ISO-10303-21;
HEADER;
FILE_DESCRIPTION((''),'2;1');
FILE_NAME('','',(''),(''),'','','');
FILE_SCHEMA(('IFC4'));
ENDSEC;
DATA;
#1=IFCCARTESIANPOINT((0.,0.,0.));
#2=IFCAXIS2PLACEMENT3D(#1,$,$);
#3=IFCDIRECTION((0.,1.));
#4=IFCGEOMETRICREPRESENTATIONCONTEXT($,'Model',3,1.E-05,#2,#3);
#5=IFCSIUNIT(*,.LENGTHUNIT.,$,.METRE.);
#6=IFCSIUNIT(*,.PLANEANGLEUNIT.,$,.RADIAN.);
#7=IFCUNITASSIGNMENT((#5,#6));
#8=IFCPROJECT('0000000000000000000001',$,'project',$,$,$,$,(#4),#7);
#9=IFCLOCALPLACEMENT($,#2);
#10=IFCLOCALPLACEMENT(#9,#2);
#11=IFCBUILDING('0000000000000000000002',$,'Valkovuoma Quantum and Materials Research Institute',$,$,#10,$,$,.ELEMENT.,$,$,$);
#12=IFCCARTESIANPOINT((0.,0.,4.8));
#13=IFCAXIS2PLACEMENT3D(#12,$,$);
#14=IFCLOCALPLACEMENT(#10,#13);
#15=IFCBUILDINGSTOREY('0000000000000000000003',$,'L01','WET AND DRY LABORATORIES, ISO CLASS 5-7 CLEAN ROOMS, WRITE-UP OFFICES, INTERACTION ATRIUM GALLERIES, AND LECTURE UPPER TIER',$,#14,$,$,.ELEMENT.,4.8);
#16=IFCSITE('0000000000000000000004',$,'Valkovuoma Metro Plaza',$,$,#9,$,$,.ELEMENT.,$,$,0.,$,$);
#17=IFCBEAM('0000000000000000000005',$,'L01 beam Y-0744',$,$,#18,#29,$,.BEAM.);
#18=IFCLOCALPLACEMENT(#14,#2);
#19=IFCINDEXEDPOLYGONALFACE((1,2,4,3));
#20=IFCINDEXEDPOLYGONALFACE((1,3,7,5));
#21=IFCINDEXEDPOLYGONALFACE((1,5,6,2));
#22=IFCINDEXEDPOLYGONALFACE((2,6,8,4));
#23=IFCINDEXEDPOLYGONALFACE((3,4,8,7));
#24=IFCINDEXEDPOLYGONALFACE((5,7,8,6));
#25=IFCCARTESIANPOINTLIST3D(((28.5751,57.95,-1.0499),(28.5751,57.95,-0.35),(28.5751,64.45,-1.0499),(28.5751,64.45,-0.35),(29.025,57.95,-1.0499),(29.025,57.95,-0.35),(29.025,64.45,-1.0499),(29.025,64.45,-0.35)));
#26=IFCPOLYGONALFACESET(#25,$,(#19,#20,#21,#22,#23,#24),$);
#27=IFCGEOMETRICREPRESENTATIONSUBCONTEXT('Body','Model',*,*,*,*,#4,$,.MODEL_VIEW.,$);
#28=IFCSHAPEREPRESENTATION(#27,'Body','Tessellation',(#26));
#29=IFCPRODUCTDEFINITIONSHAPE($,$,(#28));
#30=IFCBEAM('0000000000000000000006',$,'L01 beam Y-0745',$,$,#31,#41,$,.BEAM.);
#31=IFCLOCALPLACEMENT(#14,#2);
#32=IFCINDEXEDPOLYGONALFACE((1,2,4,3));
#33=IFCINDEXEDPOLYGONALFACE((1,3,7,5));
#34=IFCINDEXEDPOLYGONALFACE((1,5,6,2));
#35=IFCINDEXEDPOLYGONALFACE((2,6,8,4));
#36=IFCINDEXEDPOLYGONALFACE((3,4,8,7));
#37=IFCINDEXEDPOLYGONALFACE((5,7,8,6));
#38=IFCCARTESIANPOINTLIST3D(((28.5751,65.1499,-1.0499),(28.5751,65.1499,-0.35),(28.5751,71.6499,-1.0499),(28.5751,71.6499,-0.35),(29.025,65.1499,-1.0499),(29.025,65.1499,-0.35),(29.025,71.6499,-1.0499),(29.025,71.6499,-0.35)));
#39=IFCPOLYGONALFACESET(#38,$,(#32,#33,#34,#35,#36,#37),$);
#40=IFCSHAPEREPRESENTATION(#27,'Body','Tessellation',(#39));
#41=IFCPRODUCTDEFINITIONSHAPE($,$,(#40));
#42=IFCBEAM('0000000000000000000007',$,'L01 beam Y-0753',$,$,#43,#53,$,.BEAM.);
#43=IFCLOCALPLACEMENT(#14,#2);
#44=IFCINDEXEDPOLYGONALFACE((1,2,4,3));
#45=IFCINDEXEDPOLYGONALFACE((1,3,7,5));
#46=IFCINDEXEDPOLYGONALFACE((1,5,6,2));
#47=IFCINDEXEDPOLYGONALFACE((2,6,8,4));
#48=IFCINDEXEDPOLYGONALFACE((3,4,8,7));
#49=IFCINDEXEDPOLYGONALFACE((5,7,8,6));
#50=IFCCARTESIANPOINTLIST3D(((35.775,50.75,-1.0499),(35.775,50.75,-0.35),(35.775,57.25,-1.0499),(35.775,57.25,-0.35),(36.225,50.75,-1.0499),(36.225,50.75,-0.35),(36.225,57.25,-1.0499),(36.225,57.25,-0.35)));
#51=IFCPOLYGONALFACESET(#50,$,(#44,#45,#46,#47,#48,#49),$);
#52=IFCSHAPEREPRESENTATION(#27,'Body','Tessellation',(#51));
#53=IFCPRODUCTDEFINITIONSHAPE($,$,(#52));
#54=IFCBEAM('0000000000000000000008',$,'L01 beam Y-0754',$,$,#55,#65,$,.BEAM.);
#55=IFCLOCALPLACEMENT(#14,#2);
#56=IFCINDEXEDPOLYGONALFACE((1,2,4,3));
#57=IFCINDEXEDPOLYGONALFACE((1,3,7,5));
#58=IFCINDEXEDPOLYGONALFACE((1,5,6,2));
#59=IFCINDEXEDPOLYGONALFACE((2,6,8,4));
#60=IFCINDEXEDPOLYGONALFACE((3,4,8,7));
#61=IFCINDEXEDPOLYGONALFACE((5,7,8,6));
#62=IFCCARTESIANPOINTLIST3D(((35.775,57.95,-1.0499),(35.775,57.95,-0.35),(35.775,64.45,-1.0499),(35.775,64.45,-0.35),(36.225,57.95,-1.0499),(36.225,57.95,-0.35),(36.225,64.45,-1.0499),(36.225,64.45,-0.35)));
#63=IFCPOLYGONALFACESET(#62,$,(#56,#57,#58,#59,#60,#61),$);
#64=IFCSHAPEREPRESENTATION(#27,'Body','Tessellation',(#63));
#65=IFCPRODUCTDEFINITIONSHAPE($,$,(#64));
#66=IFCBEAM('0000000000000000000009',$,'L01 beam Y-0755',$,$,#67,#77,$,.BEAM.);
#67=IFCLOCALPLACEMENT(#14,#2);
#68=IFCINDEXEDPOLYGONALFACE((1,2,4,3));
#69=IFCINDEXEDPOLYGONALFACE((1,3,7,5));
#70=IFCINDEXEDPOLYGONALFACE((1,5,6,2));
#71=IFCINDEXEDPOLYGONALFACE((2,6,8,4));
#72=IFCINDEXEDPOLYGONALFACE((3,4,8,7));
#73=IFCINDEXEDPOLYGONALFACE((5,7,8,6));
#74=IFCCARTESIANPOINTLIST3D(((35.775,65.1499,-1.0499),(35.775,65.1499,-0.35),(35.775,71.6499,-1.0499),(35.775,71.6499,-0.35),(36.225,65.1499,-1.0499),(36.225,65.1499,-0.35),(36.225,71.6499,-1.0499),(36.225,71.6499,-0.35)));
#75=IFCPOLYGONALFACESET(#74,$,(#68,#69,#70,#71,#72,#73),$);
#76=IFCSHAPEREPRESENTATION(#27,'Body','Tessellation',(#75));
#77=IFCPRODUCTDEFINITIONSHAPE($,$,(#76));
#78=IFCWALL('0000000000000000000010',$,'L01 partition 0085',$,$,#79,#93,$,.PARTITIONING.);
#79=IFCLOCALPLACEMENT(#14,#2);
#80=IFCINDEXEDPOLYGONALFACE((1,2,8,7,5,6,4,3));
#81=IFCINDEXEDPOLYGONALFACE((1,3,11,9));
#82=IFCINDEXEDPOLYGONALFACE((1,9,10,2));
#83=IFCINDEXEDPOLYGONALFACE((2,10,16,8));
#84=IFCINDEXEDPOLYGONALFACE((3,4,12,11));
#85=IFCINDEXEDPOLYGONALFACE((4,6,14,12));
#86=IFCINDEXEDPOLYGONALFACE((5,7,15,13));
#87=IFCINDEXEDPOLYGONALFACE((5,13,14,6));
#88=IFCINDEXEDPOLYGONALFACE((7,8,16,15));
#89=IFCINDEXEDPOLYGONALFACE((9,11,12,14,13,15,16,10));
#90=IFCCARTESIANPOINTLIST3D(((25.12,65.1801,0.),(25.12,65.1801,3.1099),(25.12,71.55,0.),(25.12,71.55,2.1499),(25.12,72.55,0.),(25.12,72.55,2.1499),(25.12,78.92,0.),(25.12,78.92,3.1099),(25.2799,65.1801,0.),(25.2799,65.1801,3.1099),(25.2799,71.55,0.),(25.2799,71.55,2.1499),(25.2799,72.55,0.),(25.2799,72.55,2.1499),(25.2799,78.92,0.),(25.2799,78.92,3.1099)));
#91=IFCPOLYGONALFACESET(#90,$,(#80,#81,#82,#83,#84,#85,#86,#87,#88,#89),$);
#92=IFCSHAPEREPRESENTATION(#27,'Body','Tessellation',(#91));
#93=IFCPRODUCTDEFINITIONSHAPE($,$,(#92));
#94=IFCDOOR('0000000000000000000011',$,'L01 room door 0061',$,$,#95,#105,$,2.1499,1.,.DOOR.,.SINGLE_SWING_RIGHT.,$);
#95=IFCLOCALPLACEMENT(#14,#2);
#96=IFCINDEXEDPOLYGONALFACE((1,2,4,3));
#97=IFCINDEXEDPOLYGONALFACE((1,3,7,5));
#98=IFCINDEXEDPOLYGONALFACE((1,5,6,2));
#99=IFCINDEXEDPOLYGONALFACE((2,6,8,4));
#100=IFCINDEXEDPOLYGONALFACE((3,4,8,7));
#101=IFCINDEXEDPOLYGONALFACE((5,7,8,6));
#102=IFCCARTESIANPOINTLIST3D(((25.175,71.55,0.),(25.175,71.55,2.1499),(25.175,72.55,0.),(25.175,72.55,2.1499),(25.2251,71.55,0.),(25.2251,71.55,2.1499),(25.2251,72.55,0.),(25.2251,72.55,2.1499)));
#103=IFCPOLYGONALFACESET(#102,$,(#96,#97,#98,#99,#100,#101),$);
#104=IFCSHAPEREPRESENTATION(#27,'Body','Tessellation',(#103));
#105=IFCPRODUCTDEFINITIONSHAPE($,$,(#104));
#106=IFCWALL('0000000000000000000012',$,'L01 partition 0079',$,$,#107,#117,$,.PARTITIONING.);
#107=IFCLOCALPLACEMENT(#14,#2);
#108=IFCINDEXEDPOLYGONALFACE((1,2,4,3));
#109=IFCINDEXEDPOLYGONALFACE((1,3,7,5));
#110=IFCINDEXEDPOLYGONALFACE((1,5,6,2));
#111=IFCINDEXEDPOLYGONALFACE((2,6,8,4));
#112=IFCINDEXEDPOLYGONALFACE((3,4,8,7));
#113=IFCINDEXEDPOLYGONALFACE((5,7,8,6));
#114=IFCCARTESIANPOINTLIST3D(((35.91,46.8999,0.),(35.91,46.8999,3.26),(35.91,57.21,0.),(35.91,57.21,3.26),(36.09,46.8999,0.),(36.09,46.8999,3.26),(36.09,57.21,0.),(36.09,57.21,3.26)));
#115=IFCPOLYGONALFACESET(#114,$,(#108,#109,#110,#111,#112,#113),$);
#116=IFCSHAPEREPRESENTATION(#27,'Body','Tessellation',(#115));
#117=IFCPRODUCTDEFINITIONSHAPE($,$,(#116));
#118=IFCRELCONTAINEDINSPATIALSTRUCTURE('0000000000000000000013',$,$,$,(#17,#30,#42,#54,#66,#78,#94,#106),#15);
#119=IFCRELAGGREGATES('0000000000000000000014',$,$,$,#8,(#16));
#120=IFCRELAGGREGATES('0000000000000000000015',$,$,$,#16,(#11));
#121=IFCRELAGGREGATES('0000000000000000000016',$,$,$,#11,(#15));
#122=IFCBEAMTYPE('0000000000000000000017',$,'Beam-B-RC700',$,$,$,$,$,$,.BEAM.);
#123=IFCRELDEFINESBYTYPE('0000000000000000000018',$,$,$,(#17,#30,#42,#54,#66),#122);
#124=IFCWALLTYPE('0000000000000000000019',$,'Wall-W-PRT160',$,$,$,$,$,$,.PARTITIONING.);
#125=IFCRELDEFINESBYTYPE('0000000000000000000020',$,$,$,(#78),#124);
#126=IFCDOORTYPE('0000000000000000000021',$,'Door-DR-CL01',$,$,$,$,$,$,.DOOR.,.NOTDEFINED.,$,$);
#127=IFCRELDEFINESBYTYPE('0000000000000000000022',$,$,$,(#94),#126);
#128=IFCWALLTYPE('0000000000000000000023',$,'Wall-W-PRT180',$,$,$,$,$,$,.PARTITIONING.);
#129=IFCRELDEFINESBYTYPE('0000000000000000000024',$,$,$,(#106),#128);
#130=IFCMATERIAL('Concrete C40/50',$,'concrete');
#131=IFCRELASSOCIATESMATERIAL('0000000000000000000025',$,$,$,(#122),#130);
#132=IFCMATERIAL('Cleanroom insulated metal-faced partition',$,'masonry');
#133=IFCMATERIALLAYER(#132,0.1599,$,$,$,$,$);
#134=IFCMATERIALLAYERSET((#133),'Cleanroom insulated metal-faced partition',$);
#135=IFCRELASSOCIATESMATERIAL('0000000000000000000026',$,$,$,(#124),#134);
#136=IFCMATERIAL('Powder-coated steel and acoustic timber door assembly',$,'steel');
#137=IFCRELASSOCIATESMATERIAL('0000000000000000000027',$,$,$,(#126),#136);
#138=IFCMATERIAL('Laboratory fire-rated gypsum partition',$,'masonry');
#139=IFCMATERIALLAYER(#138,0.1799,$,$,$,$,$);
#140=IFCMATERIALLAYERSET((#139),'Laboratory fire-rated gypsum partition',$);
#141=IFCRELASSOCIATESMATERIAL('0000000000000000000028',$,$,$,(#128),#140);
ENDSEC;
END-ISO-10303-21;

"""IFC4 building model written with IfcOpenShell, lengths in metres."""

from ifc_helpers import new_model, si_unit, direction, frame, frame_2d, origin, origin_2d, place, context, subcontext, project, spatial, rectangle, extrude, material, layer, layer_set, material_profile, profile_set, type_object, element, fill, save


model = new_model("IFC4")

# Units and contexts
model_context = context("Model", 3, precision=1e-05, world=origin(), true_north=direction((0.0, 1.0)))
body_context = subcontext(model_context, "Body", "Model", "MODEL_VIEW")
ifc_project = project(units=[si_unit("LENGTHUNIT", "METRE"), si_unit("PLANEANGLEUNIT", "RADIAN")], contexts=[model_context])

# Site, building, storey
site_placement = place(None, origin())
site = spatial("IfcSite", under=ifc_project, at=site_placement, Name="Valkovuoma Metro Plaza", CompositionType="ELEMENT", RefElevation=0.0)
building_placement = place(site_placement, origin())
building = spatial("IfcBuilding", under=site, at=building_placement, Name="Valkovuoma Quantum and Materials Research Institute", CompositionType="ELEMENT")
storey_placement = place(building_placement, frame((0.0, 0.0, 4.8)))
storey = spatial("IfcBuildingStorey", under=building, at=storey_placement, Name="L01", Description="WET AND DRY LABORATORIES, ISO CLASS 5-7 CLEAN ROOMS, WRITE-UP OFFICES, INTERACTION ATRIUM GALLERIES, AND LECTURE UPPER TIER", CompositionType="ELEMENT", Elevation=4.8)

# Beams
ifc_material_1 = material(Name="Concrete C40/50", Category="concrete")
ifc_material_profile_1 = material_profile(ifc_material_1, rectangle(XDim=0.45, YDim=0.7, at=origin_2d()), Name="Concrete C40/50")
ifc_profile_set_1 = profile_set([ifc_material_profile_1], Name="Concrete C40/50")
beam_type_1 = type_object("IfcBeamType", Name="Beam-B-RC700", PredefinedType="BEAM", material=ifc_profile_set_1)
for number, where, z_axis, x_axis, name in (
    (1, (28.8, 57.95, -0.7), (0.0, 1.0, 0.0), (-1.0, 0.0, 0.0), "L01 beam Y-0744"),
    (2, (28.8, 65.1499, -0.7), (0.0, 1.0, 0.0), (-1.0, 0.0, 0.0), "L01 beam Y-0745"),
    (3, (36.0, 50.75, -0.7), (0.0, 1.0, 0.0), (-1.0, 0.0, 0.0), "L01 beam Y-0753"),
    (4, (36.0, 57.95, -0.7), (0.0, 1.0, 0.0), (-1.0, 0.0, 0.0), "L01 beam Y-0754"),
    (5, (36.0, 65.1499, -0.7), (0.0, 1.0, 0.0), (-1.0, 0.0, 0.0), "L01 beam Y-0755"),
):
    element("IfcBeam", number, at=place(storey_placement, frame(where, z_axis=z_axis, x_axis=x_axis)), inside=storey, type_object=beam_type_1, Name=name, PredefinedType="BEAM", context=body_context, shape_type="SweptSolid", body=[
        extrude(rectangle(XDim=0.45, YDim=0.7, at=origin_2d()), origin(), (0.0, 0.0, 1.0), 6.5),
    ])

# Wall, opening, door
ifc_material_2 = material(Name="Cleanroom insulated metal-faced partition", Category="masonry")
ifc_layer_1 = layer(ifc_material_2, 0.1599)
ifc_layer_set_1 = layer_set([ifc_layer_1], Name="Cleanroom insulated metal-faced partition")
wall_type_1 = type_object("IfcWallType", Name="Wall-W-PRT160", PredefinedType="PARTITIONING", material=ifc_layer_set_1)
wall_1_placement = place(storey_placement, frame((25.2, 65.1799, 0.0), z_axis=(0.0, 0.0, 1.0), x_axis=(0.0, 1.0, 0.0)))
wall_1 = element("IfcWall", 6, at=wall_1_placement, inside=storey, type_object=wall_type_1, Name="L01 partition 0085", PredefinedType="PARTITIONING", context=body_context, shape_type="SweptSolid", body=[
    extrude(rectangle(XDim=13.74, YDim=0.1599, at=frame_2d((6.8701, 0.0))), origin(), (0.0, 0.0, 1.0), 3.1099),
])
opening_placement = place(wall_1_placement, frame((6.3701, 0.0, 0.0)))
opening = element("IfcOpeningElement", 7, at=opening_placement, cuts=wall_1, PredefinedType="OPENING", context=body_context, shape_type="SweptSolid", body=[
    extrude(rectangle(XDim=1.0, YDim=2.1499, at=frame_2d((0.5, 1.075))), frame((0.0, 0.0898, 0.0), z_axis=(0.0, -1.0, 0.0), x_axis=(1.0, 0.0, 0.0)), (0.0, 0.0, 1.0), 0.1799),
])
ifc_material_3 = material(Name="Powder-coated steel and acoustic timber door assembly", Category="steel")
door_type = type_object("IfcDoorType", Name="Door-DR-CL01", OperationType="NOTDEFINED", PredefinedType="DOOR", material=ifc_material_3)
door_placement = place(opening_placement, origin())
door = element("IfcDoor", 8, at=door_placement, inside=storey, type_object=door_type, Name="L01 room door 0061", OperationType="SINGLE_SWING_RIGHT", OverallHeight=2.1499, OverallWidth=1.0, PredefinedType="DOOR", context=body_context, shape_type="SweptSolid", body=[
    extrude(rectangle(XDim=1.0, YDim=2.1499, at=frame_2d((0.5, 1.075))), frame((0.0, 0.0249, 0.0), z_axis=(0.0, -1.0, 0.0), x_axis=(1.0, 0.0, 0.0)), (0.0, 0.0, 1.0), 0.05),
])
fill(opening, door)

# Wall
ifc_material_4 = material(Name="Laboratory fire-rated gypsum partition", Category="masonry")
ifc_layer_2 = layer(ifc_material_4, 0.1799)
ifc_layer_set_2 = layer_set([ifc_layer_2], Name="Laboratory fire-rated gypsum partition")
wall_type_2 = type_object("IfcWallType", Name="Wall-W-PRT180", PredefinedType="PARTITIONING", material=ifc_layer_set_2)
wall_2_placement = place(storey_placement, frame((36.0, 46.8999, 0.0), z_axis=(0.0, 0.0, 1.0), x_axis=(0.0, 1.0, 0.0)))
element("IfcWall", 9, at=wall_2_placement, inside=storey, type_object=wall_type_2, Name="L01 partition 0079", PredefinedType="PARTITIONING", context=body_context, shape_type="SweptSolid", body=[
    extrude(rectangle(XDim=10.3101, YDim=0.1799, at=frame_2d((5.155, 0.0))), origin(), (0.0, 0.0, 1.0), 3.26),
])

save(model, "model.ifc")
